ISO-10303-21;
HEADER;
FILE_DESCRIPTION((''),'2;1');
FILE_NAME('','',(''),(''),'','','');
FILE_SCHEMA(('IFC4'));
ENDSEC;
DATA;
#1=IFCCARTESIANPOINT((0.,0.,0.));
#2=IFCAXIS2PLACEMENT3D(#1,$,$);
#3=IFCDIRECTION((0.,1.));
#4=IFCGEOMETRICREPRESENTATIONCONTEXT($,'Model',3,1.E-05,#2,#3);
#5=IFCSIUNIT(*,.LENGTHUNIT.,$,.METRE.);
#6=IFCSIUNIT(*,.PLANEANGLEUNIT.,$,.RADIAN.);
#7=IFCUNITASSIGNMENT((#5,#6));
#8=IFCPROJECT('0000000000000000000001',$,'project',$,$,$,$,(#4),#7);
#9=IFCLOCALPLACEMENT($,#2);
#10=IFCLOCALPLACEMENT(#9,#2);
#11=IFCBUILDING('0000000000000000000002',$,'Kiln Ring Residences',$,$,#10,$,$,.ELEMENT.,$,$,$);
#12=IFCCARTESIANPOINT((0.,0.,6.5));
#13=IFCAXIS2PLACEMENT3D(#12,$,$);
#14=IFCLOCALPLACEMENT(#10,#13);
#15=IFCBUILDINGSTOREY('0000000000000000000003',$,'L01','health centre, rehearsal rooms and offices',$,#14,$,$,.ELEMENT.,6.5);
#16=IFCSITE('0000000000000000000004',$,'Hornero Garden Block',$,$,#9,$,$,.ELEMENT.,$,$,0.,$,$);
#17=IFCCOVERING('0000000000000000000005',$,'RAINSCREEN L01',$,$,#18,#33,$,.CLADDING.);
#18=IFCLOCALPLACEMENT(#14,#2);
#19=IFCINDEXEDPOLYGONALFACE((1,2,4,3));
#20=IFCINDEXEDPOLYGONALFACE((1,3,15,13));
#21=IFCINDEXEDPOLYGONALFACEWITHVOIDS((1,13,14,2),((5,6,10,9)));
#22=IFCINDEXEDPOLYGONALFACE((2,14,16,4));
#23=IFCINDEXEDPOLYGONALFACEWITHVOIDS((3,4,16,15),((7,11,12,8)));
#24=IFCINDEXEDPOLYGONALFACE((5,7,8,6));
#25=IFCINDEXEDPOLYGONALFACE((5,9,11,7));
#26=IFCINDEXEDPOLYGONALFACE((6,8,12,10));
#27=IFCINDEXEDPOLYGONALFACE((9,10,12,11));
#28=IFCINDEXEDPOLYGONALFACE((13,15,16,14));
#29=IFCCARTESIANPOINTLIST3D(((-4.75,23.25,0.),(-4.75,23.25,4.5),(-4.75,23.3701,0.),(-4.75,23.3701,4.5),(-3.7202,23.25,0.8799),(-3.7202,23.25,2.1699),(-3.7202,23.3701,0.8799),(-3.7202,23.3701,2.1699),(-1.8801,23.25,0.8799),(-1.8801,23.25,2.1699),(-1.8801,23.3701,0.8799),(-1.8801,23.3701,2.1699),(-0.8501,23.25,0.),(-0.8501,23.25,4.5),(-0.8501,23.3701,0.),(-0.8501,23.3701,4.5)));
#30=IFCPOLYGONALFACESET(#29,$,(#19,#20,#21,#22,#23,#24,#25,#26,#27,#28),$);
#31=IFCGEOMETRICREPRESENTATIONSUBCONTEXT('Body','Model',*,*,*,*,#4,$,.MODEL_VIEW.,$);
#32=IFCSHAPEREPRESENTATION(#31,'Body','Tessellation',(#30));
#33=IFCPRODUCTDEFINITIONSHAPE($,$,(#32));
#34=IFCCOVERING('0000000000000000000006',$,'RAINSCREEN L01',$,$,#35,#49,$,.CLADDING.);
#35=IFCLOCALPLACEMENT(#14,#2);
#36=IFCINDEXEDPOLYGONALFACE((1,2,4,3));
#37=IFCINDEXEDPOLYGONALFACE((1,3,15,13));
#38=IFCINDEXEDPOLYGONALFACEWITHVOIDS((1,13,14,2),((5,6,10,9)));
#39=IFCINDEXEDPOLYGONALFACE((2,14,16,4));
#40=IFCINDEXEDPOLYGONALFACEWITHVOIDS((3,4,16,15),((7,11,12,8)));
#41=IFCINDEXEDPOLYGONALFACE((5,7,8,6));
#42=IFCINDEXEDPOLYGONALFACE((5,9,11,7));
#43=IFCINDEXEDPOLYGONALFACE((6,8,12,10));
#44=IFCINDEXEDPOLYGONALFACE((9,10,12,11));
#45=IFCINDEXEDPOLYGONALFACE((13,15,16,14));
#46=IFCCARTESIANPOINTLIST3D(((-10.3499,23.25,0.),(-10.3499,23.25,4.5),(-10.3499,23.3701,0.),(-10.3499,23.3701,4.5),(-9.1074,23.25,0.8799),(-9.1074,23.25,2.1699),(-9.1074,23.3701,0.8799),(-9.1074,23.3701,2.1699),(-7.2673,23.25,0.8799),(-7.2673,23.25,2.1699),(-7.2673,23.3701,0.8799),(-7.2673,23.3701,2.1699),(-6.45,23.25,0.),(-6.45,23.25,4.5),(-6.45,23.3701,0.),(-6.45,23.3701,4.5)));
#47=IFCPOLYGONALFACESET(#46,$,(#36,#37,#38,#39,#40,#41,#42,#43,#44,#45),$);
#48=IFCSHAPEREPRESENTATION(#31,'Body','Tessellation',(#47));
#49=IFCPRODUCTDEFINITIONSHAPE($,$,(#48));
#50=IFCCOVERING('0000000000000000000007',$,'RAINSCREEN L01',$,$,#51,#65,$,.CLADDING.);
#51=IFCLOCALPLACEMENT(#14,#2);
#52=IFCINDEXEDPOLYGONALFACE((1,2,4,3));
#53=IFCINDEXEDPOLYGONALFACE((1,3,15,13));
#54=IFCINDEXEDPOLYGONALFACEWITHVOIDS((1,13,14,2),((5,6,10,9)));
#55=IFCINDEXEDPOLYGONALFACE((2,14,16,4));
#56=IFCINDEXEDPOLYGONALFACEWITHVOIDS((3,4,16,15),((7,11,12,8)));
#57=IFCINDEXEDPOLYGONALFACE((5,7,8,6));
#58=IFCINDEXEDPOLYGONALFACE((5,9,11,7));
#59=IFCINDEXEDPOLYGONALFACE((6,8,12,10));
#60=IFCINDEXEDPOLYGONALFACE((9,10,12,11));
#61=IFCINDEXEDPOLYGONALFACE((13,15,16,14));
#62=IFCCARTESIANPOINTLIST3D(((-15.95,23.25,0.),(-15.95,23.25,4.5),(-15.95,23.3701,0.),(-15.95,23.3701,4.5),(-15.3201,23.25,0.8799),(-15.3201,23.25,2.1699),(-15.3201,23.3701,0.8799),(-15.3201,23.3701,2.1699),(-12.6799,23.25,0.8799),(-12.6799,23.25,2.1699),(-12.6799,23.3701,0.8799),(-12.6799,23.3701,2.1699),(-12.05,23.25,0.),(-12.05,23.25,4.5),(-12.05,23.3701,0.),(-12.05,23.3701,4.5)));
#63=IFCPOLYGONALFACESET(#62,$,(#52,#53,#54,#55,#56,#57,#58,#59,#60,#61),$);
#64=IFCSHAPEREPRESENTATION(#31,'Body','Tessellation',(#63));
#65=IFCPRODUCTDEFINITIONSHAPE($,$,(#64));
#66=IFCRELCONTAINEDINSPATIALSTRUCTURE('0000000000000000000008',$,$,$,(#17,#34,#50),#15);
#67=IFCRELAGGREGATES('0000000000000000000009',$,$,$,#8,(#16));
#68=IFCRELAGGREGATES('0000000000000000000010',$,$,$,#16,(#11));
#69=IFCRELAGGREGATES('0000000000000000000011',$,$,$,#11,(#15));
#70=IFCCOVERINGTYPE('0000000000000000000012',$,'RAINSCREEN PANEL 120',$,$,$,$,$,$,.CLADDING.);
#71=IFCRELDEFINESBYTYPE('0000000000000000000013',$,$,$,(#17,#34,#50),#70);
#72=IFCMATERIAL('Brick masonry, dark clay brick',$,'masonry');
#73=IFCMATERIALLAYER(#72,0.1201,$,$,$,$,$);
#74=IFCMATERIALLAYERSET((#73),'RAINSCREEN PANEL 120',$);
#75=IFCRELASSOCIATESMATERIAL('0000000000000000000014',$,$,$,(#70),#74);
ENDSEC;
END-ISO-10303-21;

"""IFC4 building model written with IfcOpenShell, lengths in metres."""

from ifc_helpers import new_model, si_unit, direction, frame, origin, place, context, subcontext, project, spatial, polyline, outline, extrude, material, layer, layer_set, type_object, element, save


model = new_model("IFC4")

# Units and contexts
model_context = context("Model", 3, precision=1e-05, world=origin(), true_north=direction((0.0, 1.0)))
body_context = subcontext(model_context, "Body", "Model", "MODEL_VIEW")
ifc_project = project(units=[si_unit("LENGTHUNIT", "METRE"), si_unit("PLANEANGLEUNIT", "RADIAN")], contexts=[model_context])

# Site, building, storey
site_placement = place(None, origin())
site = spatial("IfcSite", under=ifc_project, at=site_placement, Name="Hornero Garden Block", CompositionType="ELEMENT", RefElevation=0.0)
building_placement = place(site_placement, origin())
building = spatial("IfcBuilding", under=site, at=building_placement, Name="Kiln Ring Residences", CompositionType="ELEMENT")
storey_placement = place(building_placement, frame((0.0, 0.0, 6.5)))
storey = spatial("IfcBuildingStorey", under=building, at=storey_placement, Name="L01", Description="health centre, rehearsal rooms and offices", CompositionType="ELEMENT", Elevation=6.5)

# Coverings
ifc_material_1 = material(Name="Brick masonry, dark clay brick", Category="masonry")
ifc_layer_1 = layer(ifc_material_1, 0.1201)
ifc_layer_set_1 = layer_set([ifc_layer_1], Name="RAINSCREEN PANEL 120")
covering_type = type_object("IfcCoveringType", Name="RAINSCREEN PANEL 120", PredefinedType="CLADDING", material=ifc_layer_set_1)
covering_1_placement = place(storey_placement, frame((-0.8501, 23.3101, 0.0), z_axis=(0.0, 0.0, 1.0), x_axis=(-1.0, 0.0, 0.0)))
element("IfcCovering", 1, at=covering_1_placement, inside=storey, type_object=covering_type, Name="RAINSCREEN L01", PredefinedType="CLADDING", context=body_context, shape_type="SweptSolid", body=[
    extrude(outline(polyline([(0.0, 0.0), (3.8999, 0.0), (3.8999, 4.5), (0.0, 4.5), (0.0, 0.0)]), holes=[polyline([(1.03, 2.1699), (1.03, 0.8799), (2.8701, 0.8799), (2.8701, 2.1699), (1.03, 2.1699)])]), frame((0.0, 0.0601, 0.0), z_axis=(0.0, -1.0, 0.0), x_axis=(1.0, 0.0, 0.0)), (0.0, 0.0, 1.0), 0.1201),
])
covering_2_placement = place(storey_placement, frame((-6.45, 23.3101, 0.0), z_axis=(0.0, 0.0, 1.0), x_axis=(-1.0, 0.0, 0.0)))
element("IfcCovering", 2, at=covering_2_placement, inside=storey, type_object=covering_type, Name="RAINSCREEN L01", PredefinedType="CLADDING", context=body_context, shape_type="SweptSolid", body=[
    extrude(outline(polyline([(0.0, 0.0), (3.8999, 0.0), (3.8999, 4.5), (0.0, 4.5), (0.0, 0.0)]), holes=[polyline([(0.8174, 2.1699), (0.8174, 0.8799), (2.6575, 0.8799), (2.6575, 2.1699), (0.8174, 2.1699)])]), frame((0.0, 0.0601, 0.0), z_axis=(0.0, -1.0, 0.0), x_axis=(1.0, 0.0, 0.0)), (0.0, 0.0, 1.0), 0.1201),
])
covering_3_placement = place(storey_placement, frame((-12.05, 23.3101, 0.0), z_axis=(0.0, 0.0, 1.0), x_axis=(-1.0, 0.0, 0.0)))
element("IfcCovering", 3, at=covering_3_placement, inside=storey, type_object=covering_type, Name="RAINSCREEN L01", PredefinedType="CLADDING", context=body_context, shape_type="SweptSolid", body=[
    extrude(outline(polyline([(0.0, 0.0), (3.8999, 0.0), (3.8999, 4.5), (0.0, 4.5), (0.0, 0.0)]), holes=[polyline([(0.6299, 2.1699), (0.6299, 0.8799), (3.27, 0.8799), (3.27, 2.1699), (0.6299, 2.1699)])]), frame((0.0, 0.0601, 0.0), z_axis=(0.0, -1.0, 0.0), x_axis=(1.0, 0.0, 0.0)), (0.0, 0.0, 1.0), 0.1201),
])

save(model, "model.ifc")
